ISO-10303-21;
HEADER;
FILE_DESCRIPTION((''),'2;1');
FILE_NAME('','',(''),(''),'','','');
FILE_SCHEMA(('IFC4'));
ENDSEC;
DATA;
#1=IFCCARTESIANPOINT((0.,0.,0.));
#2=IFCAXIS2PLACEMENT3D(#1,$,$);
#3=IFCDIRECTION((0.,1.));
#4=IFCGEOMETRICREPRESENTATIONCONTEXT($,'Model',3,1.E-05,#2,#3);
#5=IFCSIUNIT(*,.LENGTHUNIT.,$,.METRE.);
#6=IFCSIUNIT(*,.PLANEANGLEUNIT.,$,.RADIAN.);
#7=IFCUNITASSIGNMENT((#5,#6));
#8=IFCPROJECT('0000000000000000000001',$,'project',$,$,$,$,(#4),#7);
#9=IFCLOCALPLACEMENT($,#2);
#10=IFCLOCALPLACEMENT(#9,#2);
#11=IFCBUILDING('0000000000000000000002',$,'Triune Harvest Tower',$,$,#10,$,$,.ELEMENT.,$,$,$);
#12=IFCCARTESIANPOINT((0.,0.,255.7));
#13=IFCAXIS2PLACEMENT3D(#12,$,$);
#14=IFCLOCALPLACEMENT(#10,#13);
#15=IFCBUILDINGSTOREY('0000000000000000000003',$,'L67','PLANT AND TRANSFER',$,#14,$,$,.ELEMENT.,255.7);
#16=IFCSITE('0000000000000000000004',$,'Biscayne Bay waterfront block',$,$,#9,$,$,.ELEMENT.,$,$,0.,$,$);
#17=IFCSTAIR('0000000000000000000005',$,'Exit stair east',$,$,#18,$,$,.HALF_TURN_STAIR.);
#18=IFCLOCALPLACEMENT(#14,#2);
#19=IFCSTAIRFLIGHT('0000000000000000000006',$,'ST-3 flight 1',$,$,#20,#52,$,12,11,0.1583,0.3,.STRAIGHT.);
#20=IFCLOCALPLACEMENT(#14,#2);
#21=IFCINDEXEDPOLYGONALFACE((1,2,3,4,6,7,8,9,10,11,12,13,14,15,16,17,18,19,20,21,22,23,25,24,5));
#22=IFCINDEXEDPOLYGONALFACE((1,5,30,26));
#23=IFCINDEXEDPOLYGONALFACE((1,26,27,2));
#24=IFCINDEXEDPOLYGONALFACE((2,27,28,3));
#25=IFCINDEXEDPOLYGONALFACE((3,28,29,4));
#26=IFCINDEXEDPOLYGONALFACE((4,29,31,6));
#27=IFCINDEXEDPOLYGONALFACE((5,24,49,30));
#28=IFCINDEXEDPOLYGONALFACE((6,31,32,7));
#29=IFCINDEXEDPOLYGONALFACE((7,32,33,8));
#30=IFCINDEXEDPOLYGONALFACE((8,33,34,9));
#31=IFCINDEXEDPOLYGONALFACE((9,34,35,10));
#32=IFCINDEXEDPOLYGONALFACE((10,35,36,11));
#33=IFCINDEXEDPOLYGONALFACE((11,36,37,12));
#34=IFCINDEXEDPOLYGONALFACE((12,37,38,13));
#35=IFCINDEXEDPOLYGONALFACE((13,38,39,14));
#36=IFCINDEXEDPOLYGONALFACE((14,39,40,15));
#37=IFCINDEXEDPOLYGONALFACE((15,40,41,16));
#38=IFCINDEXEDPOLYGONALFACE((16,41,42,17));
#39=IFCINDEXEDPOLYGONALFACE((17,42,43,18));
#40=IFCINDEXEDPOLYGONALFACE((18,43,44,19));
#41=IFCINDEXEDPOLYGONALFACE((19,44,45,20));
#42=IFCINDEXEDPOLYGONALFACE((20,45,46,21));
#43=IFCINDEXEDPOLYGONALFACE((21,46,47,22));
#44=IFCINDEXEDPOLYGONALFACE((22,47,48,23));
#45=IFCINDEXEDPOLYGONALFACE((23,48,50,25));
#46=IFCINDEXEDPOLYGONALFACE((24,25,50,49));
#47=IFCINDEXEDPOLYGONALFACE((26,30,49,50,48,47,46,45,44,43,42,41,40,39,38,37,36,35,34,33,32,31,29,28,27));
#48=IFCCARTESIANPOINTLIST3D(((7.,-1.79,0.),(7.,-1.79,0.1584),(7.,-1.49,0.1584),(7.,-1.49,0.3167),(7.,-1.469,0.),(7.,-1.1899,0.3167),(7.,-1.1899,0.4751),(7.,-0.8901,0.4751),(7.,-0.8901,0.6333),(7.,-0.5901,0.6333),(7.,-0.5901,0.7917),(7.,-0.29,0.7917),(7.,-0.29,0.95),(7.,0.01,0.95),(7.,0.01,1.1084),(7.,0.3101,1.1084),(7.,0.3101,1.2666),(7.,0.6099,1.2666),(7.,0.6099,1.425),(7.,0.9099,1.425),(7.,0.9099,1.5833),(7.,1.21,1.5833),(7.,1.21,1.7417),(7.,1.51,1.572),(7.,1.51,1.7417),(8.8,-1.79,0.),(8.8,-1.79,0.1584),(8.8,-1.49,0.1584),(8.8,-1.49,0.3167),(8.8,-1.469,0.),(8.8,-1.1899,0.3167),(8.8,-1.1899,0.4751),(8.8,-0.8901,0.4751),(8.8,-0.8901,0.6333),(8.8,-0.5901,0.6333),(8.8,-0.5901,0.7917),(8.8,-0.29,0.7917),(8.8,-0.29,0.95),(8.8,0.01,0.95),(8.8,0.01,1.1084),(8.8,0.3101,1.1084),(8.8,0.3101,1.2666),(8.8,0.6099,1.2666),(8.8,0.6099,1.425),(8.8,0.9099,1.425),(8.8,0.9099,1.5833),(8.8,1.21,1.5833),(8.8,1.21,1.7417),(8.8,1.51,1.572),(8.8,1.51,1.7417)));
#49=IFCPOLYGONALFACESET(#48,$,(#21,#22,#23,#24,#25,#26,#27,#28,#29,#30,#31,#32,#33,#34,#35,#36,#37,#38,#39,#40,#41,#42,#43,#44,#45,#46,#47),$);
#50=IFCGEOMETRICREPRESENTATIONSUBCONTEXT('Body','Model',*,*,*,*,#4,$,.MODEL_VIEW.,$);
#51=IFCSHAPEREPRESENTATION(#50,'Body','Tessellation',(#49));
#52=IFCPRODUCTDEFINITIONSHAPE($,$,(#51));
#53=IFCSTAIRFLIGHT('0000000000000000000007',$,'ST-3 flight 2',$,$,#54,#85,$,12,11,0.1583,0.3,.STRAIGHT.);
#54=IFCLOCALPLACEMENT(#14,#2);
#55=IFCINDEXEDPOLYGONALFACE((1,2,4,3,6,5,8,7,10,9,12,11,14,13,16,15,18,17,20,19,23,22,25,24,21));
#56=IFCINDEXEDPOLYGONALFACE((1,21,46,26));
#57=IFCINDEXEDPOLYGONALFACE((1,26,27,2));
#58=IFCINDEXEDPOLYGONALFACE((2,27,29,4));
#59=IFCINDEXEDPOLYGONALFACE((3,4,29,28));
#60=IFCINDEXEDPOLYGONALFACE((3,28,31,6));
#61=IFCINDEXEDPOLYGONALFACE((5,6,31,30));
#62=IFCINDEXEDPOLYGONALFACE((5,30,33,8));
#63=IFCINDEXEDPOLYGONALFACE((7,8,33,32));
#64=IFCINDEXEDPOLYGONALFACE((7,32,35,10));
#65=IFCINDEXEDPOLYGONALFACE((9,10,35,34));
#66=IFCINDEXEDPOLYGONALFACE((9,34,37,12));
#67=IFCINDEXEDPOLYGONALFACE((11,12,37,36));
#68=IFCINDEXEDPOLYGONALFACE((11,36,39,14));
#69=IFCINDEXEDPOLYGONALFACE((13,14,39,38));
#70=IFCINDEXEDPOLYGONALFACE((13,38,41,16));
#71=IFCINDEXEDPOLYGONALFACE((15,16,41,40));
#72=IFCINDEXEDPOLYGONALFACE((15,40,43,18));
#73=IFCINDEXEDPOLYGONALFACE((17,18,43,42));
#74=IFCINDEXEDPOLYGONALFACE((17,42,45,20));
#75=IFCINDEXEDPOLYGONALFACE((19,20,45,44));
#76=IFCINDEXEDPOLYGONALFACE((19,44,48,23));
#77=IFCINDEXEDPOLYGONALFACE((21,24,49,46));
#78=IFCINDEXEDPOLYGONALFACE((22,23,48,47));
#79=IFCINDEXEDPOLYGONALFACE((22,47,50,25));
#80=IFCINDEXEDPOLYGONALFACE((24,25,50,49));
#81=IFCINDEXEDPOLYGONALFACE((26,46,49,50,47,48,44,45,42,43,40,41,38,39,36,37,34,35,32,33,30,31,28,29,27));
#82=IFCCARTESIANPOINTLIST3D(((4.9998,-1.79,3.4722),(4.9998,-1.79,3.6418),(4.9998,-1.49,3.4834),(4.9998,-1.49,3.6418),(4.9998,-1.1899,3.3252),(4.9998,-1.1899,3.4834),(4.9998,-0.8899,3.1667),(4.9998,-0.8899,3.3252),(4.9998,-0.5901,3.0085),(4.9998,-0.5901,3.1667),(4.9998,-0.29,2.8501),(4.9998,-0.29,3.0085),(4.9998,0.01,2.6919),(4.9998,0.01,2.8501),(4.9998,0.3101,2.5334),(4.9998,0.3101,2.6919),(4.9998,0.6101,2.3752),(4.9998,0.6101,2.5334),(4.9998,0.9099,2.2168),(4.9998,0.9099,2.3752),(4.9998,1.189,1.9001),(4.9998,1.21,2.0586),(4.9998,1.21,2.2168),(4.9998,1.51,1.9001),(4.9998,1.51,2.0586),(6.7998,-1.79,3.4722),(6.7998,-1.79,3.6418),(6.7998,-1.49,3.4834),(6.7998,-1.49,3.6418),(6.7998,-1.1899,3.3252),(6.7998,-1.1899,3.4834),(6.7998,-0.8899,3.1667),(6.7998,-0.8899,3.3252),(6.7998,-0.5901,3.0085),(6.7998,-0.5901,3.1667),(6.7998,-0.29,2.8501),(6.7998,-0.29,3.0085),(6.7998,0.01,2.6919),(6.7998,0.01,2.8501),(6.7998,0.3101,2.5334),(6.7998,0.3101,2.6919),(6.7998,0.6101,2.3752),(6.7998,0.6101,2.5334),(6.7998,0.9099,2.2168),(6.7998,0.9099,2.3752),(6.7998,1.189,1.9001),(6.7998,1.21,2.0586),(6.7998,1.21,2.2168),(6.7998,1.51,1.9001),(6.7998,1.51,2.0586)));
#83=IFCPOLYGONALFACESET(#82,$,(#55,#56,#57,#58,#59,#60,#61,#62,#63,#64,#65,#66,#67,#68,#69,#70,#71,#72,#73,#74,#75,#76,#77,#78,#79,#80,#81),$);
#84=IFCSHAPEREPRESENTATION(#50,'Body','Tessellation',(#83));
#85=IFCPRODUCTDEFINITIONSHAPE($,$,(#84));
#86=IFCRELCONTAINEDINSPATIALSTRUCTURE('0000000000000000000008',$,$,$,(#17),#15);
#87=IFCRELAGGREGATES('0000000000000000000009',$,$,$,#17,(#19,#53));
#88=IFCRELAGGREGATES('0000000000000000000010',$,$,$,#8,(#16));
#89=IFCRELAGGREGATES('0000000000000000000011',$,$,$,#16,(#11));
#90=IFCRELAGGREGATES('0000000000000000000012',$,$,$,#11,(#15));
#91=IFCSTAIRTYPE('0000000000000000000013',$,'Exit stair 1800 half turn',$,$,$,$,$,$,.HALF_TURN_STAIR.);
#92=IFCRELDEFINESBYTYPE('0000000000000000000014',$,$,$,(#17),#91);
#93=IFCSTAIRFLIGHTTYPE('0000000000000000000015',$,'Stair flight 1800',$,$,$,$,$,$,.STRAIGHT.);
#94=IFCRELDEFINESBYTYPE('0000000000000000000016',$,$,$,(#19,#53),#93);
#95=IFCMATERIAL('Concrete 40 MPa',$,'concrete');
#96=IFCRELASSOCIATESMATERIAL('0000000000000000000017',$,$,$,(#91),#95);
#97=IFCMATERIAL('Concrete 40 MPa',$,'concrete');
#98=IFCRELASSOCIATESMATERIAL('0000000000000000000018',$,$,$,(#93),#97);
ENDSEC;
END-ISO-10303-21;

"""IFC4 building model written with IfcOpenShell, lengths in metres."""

from ifc_helpers import new_model, si_unit, direction, frame, origin, place, context, subcontext, project, spatial, polyline, outline, extrude, source, transform, mapped, material, type_object, element, aggregate, save


model = new_model("IFC4")

# Units and contexts
model_context = context("Model", 3, precision=1e-05, world=origin(), true_north=direction((0.0, 1.0)))
body_context = subcontext(model_context, "Body", "Model", "MODEL_VIEW")
ifc_project = project(units=[si_unit("LENGTHUNIT", "METRE"), si_unit("PLANEANGLEUNIT", "RADIAN")], contexts=[model_context])

# Site, building, storey
site_placement = place(None, origin())
site = spatial("IfcSite", under=ifc_project, at=site_placement, Name="Biscayne Bay waterfront block", CompositionType="ELEMENT", RefElevation=0.0)
building_placement = place(site_placement, origin())
building = spatial("IfcBuilding", under=site, at=building_placement, Name="Triune Harvest Tower", CompositionType="ELEMENT")
storey_placement = place(building_placement, frame((0.0, 0.0, 255.7)))
storey = spatial("IfcBuildingStorey", under=building, at=storey_placement, Name="L67", Description="PLANT AND TRANSFER", CompositionType="ELEMENT", Elevation=255.7)

# Stair, stair flights
ifc_material_1 = material(Name="Concrete 40 MPa", Category="concrete")
stair_type = type_object("IfcStairType", Name="Exit stair 1800 half turn", PredefinedType="HALF_TURN_STAIR", material=ifc_material_1)
stair_placement = place(storey_placement, origin())
stair = element("IfcStair", 1, at=stair_placement, inside=storey, type_object=stair_type, Name="Exit stair east", PredefinedType="HALF_TURN_STAIR")
ifc_material_2 = material(Name="Concrete 40 MPa", Category="concrete")
stair_flight_type = type_object("IfcStairFlightType", Name="Stair flight 1800", PredefinedType="STRAIGHT", material=ifc_material_2)
shared_shape_1 = source(origin(), body_context, "Body", "SweptSolid", [
    extrude(outline(polyline([(0.0, 0.0), (0.0, 0.1584), (0.3, 0.1584), (0.3, 0.3167), (0.6001, 0.3167), (0.6001, 0.4751), (0.8999, 0.4751), (0.8999, 0.6333), (1.2, 0.6333), (1.2, 0.7917), (1.5, 0.7917), (1.5, 0.95), (1.8, 0.95), (1.8, 1.1084), (2.1001, 1.1084), (2.1001, 1.2666), (2.3999, 1.2666), (2.3999, 1.425), (2.7, 1.425), (2.7, 1.5833), (3.0, 1.5833), (3.0, 1.7417), (3.3, 1.7417), (3.3, 1.8999), (3.3, 1.572), (0.321, 0.0), (0.0, 0.0)])), frame((0.0, 0.8999, 0.0), z_axis=(0.0, -1.0, 0.0), x_axis=(1.0, 0.0, 0.0)), (0.0, 0.0, 1.0), 1.8),
])
stair_flight_1_placement = place(storey_placement, frame((7.8999, -1.79, 0.0), z_axis=(0.0, 0.0, 1.0), x_axis=(0.0, 1.0, 0.0)))
stair_flight_1 = element("IfcStairFlight", 2, at=stair_flight_1_placement, type_object=stair_flight_type, Name="ST-3 flight 1", NumberOfRisers=12, NumberOfTreads=11, PredefinedType="STRAIGHT", RiserHeight=0.1583, TreadLength=0.3, context=body_context, shape_type="MappedRepresentation", body=[
    mapped(shared_shape_1, transform((0.0, 0.0, 0.0), scale=1.0)),
])
stair_flight_2_placement = place(storey_placement, frame((5.8999, 1.51, 1.9001), z_axis=(0.0, 0.0, 1.0), x_axis=(0.0, -1.0, 0.0)))
stair_flight_2 = element("IfcStairFlight", 3, at=stair_flight_2_placement, type_object=stair_flight_type, Name="ST-3 flight 2", NumberOfRisers=12, NumberOfTreads=11, PredefinedType="STRAIGHT", RiserHeight=0.1583, TreadLength=0.3, context=body_context, shape_type="MappedRepresentation", body=[
    mapped(shared_shape_1, transform((0.0, 0.0, 0.0), scale=1.0)),
])
aggregate(stair, [stair_flight_1, stair_flight_2])

save(model, "model.ifc")
